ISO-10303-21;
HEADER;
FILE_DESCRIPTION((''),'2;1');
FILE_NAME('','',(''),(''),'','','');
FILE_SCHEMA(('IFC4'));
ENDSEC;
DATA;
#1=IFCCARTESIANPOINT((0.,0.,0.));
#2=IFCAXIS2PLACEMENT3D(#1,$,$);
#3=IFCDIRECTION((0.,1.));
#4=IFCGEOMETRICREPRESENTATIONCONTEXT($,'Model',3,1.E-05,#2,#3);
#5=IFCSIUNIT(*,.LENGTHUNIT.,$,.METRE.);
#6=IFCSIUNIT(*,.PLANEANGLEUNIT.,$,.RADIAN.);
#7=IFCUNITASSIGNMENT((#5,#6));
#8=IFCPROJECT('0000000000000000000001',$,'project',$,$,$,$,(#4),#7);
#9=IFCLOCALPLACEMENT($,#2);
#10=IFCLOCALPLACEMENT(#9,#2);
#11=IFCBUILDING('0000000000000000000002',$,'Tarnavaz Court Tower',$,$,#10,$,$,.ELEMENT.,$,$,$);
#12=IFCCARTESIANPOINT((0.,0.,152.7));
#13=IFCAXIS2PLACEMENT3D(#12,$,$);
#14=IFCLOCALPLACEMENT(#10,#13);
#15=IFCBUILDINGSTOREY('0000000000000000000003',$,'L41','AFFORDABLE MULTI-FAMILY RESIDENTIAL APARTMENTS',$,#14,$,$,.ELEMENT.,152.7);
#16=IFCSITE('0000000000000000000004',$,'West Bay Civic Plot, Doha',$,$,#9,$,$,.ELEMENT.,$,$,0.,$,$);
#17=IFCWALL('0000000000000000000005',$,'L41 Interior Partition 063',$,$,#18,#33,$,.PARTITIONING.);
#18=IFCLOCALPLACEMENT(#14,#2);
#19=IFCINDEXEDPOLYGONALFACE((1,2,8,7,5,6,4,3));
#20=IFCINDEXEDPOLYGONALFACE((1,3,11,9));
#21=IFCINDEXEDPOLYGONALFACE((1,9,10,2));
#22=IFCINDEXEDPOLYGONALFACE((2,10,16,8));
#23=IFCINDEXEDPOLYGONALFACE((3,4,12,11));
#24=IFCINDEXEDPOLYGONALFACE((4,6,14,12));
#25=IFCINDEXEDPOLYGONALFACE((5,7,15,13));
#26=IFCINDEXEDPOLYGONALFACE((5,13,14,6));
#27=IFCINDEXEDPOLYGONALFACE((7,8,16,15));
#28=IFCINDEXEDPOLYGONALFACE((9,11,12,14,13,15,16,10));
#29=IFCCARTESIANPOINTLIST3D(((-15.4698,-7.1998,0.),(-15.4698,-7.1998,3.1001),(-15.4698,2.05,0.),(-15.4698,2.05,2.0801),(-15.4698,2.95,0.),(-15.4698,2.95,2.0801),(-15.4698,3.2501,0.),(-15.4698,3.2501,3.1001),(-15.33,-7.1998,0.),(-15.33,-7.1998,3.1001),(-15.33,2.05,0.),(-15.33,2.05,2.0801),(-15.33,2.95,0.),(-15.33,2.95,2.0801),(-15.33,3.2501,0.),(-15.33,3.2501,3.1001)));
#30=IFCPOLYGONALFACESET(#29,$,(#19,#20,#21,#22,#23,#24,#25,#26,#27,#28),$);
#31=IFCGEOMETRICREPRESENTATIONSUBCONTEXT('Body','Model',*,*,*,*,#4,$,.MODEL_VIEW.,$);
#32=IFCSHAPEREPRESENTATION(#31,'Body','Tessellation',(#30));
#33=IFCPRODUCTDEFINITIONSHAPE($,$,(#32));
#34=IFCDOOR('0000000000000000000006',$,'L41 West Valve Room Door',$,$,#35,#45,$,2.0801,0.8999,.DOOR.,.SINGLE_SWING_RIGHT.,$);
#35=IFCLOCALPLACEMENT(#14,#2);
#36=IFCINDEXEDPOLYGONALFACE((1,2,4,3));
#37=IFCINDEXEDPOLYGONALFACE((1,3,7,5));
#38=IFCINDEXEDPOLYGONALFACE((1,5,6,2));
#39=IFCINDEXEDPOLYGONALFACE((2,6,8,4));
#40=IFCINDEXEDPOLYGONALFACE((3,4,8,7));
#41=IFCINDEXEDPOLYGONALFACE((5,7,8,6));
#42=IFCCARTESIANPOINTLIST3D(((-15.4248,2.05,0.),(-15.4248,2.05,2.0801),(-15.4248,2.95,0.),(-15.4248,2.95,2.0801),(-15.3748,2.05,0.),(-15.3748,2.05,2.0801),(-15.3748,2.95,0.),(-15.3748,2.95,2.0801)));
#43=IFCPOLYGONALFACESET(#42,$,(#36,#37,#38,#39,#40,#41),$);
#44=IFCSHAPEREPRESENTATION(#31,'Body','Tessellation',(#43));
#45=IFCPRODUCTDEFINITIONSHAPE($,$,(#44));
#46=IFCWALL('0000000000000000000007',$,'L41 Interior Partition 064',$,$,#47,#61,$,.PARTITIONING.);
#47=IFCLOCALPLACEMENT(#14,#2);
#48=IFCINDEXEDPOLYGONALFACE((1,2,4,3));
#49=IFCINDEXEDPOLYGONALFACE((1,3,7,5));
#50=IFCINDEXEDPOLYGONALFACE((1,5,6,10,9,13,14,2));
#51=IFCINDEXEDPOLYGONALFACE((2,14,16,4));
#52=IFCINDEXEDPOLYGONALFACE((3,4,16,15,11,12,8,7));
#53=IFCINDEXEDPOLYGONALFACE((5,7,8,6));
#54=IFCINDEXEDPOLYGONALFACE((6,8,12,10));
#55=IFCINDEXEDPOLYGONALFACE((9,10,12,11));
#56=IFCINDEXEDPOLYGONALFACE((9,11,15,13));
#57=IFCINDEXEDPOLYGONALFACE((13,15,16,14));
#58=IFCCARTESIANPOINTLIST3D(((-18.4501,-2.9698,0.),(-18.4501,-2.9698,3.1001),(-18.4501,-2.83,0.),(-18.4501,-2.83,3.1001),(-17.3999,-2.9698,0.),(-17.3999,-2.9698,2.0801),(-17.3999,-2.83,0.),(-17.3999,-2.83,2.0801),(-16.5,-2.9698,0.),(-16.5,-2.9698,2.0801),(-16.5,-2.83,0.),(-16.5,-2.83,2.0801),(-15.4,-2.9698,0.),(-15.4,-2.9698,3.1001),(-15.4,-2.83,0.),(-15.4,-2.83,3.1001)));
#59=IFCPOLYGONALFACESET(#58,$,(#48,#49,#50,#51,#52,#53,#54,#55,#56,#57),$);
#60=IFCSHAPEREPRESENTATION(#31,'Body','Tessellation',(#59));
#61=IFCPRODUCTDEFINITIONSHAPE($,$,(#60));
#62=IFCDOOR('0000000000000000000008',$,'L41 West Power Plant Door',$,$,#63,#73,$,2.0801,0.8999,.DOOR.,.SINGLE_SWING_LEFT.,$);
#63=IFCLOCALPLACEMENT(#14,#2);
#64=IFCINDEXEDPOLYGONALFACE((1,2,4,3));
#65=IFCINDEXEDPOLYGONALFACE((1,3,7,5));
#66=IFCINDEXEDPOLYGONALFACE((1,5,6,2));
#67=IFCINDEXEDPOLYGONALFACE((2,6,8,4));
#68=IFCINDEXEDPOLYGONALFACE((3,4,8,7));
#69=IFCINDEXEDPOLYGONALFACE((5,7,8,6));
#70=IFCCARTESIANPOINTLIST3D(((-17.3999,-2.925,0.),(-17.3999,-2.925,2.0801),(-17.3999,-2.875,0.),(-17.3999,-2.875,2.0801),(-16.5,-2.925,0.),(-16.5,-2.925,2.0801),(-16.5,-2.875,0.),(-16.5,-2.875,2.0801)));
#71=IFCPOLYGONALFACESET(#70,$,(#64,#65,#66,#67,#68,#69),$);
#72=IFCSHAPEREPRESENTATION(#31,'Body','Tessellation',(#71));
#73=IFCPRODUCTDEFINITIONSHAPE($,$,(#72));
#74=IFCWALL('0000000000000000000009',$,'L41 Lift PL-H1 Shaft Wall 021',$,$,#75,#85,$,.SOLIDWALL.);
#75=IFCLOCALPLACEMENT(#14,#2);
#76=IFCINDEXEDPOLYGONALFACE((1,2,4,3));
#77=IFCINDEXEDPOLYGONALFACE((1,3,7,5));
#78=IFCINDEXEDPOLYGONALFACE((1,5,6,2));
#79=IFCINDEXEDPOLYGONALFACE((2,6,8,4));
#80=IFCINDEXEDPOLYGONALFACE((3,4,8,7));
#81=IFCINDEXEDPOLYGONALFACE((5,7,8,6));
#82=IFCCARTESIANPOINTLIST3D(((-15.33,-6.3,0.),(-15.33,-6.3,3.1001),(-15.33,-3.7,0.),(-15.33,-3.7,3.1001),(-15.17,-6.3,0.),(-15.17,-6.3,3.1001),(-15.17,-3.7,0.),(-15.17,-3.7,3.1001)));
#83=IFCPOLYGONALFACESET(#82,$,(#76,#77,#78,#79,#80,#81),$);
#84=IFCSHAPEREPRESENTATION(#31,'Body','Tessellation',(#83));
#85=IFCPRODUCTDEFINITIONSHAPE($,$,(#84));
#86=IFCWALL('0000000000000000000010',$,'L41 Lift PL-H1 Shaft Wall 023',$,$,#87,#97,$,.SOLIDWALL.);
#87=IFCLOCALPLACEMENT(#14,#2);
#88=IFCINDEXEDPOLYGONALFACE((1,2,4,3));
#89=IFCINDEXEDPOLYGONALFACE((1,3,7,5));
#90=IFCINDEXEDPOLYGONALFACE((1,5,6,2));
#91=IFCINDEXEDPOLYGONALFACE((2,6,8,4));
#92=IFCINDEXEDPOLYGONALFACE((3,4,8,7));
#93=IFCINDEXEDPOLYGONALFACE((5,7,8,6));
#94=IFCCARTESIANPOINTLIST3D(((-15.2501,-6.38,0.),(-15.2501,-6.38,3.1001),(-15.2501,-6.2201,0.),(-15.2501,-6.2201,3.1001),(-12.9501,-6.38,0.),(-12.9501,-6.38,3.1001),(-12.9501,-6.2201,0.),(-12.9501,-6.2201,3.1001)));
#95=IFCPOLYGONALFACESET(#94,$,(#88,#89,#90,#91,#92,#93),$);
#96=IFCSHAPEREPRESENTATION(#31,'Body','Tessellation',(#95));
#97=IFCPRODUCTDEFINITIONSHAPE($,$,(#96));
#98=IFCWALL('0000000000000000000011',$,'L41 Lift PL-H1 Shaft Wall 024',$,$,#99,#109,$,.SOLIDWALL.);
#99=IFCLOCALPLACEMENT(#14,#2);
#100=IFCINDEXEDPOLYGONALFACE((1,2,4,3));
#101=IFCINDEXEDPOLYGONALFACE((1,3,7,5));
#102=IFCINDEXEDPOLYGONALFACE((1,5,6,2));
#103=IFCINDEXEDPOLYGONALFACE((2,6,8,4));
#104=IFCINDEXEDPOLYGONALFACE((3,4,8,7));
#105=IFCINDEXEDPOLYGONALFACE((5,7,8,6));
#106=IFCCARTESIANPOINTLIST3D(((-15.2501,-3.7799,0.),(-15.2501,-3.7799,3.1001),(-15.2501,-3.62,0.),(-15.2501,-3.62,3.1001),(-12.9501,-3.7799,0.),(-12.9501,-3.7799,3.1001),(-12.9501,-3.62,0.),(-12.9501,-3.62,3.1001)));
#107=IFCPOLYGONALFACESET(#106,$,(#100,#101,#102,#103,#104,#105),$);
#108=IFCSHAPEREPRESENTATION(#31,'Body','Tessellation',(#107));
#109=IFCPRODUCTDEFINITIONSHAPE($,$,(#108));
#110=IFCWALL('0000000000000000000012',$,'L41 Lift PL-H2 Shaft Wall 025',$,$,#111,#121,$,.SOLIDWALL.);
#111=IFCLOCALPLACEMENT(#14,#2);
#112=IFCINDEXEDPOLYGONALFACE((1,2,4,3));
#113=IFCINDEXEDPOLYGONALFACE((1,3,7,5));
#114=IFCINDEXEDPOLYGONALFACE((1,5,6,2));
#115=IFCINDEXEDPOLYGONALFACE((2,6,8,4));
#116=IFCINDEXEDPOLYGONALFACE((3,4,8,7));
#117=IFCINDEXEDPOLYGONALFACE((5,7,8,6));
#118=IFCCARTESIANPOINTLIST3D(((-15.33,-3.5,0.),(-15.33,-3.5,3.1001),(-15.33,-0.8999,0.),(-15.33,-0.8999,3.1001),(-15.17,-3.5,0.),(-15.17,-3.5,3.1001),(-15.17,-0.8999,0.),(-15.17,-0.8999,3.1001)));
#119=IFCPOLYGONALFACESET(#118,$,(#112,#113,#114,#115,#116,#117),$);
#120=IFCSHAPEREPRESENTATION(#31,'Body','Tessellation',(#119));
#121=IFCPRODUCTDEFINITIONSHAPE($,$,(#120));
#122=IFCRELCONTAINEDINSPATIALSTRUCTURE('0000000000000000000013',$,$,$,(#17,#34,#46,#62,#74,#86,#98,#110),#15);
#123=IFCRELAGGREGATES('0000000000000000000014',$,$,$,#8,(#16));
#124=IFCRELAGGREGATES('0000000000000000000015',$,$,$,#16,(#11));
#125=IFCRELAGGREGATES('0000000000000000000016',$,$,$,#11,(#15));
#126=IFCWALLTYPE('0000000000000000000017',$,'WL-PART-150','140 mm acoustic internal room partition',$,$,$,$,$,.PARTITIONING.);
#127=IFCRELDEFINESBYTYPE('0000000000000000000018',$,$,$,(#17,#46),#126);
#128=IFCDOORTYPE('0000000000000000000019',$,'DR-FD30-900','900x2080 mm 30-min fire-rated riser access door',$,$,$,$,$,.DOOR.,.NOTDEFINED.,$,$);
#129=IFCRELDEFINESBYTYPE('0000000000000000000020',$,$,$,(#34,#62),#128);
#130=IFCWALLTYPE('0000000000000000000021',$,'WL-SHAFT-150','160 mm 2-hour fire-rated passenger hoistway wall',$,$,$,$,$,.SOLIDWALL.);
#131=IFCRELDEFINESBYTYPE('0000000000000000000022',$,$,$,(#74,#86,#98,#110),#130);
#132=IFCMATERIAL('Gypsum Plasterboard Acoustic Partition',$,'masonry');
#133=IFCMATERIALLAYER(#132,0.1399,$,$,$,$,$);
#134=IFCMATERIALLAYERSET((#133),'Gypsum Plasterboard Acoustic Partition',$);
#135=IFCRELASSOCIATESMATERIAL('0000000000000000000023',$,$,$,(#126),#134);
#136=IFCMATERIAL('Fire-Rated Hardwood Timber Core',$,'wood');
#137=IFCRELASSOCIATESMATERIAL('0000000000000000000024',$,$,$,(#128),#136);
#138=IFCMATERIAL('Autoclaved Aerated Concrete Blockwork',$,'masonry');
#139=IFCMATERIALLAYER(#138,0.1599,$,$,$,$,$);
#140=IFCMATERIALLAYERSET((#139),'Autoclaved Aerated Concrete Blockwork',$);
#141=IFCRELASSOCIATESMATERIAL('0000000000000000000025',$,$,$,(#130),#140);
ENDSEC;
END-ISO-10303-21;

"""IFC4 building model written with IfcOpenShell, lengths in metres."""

from ifc_helpers import new_model, si_unit, direction, frame, frame_2d, origin, place, context, subcontext, project, spatial, rectangle, extrude, material, layer, layer_set, type_object, element, fill, save


model = new_model("IFC4")

# Units and contexts
model_context = context("Model", 3, precision=1e-05, world=origin(), true_north=direction((0.0, 1.0)))
body_context = subcontext(model_context, "Body", "Model", "MODEL_VIEW")
ifc_project = project(units=[si_unit("LENGTHUNIT", "METRE"), si_unit("PLANEANGLEUNIT", "RADIAN")], contexts=[model_context])

# Site, building, storey
site_placement = place(None, origin())
site = spatial("IfcSite", under=ifc_project, at=site_placement, Name="West Bay Civic Plot, Doha", CompositionType="ELEMENT", RefElevation=0.0)
building_placement = place(site_placement, origin())
building = spatial("IfcBuilding", under=site, at=building_placement, Name="Tarnavaz Court Tower", CompositionType="ELEMENT")
storey_placement = place(building_placement, frame((0.0, 0.0, 152.7)))
storey = spatial("IfcBuildingStorey", under=building, at=storey_placement, Name="L41", Description="AFFORDABLE MULTI-FAMILY RESIDENTIAL APARTMENTS", CompositionType="ELEMENT", Elevation=152.7)

# Shared definitions
ifc_material_1 = material(Name="Fire-Rated Hardwood Timber Core", Category="wood")

# Walls, openings, doors
ifc_material_2 = material(Name="Gypsum Plasterboard Acoustic Partition", Category="masonry")
ifc_layer_1 = layer(ifc_material_2, 0.1399)
ifc_layer_set_1 = layer_set([ifc_layer_1], Name="Gypsum Plasterboard Acoustic Partition")
wall_type_1 = type_object("IfcWallType", Name="WL-PART-150", Description="140 mm acoustic internal room partition", PredefinedType="PARTITIONING", material=ifc_layer_set_1)
wall_1_placement = place(storey_placement, frame((-15.3999, -7.2, 0.0), z_axis=(0.0, 0.0, 1.0), x_axis=(0.0, 1.0, 0.0)))
wall_1 = element("IfcWall", 1, at=wall_1_placement, inside=storey, type_object=wall_type_1, Name="L41 Interior Partition 063", PredefinedType="PARTITIONING", context=body_context, shape_type="SweptSolid", body=[
    extrude(rectangle(XDim=10.45, YDim=0.1399, at=frame_2d((5.2251, 0.0))), origin(), (0.0, 0.0, 1.0), 3.1001),
])
opening_1_placement = place(wall_1_placement, frame((9.25, 0.0, 0.0)))
opening_1 = element("IfcOpeningElement", 2, at=opening_1_placement, cuts=wall_1, PredefinedType="OPENING", context=body_context, shape_type="SweptSolid", body=[
    extrude(rectangle(XDim=0.8999, YDim=2.0801, at=frame_2d((0.45, 1.04))), frame((0.0, 0.0798, 0.0), z_axis=(0.0, -1.0, 0.0), x_axis=(1.0, 0.0, 0.0)), (0.0, 0.0, 1.0), 0.1599),
])
door_type_1 = type_object("IfcDoorType", Name="DR-FD30-900", Description="900x2080 mm 30-min fire-rated riser access door", OperationType="NOTDEFINED", PredefinedType="DOOR", material=ifc_material_1)
door_1_placement = place(opening_1_placement, origin())
door_1 = element("IfcDoor", 3, at=door_1_placement, inside=storey, type_object=door_type_1, Name="L41 West Valve Room Door", OperationType="SINGLE_SWING_RIGHT", OverallHeight=2.0801, OverallWidth=0.8999, PredefinedType="DOOR", context=body_context, shape_type="SweptSolid", body=[
    extrude(rectangle(XDim=0.8999, YDim=2.0801, at=frame_2d((0.45, 1.04))), frame((0.0, 0.0249, 0.0), z_axis=(0.0, -1.0, 0.0), x_axis=(1.0, 0.0, 0.0)), (0.0, 0.0, 1.0), 0.05),
])
fill(opening_1, door_1)
wall_2_placement = place(storey_placement, frame((-18.45, -2.8999, 0.0), z_axis=(0.0, 0.0, 1.0), x_axis=(1.0, 0.0, 0.0)))
wall_2 = element("IfcWall", 4, at=wall_2_placement, inside=storey, type_object=wall_type_1, Name="L41 Interior Partition 064", PredefinedType="PARTITIONING", context=body_context, shape_type="SweptSolid", body=[
    extrude(rectangle(XDim=3.05, YDim=0.1399, at=frame_2d((1.5249, 0.0))), origin(), (0.0, 0.0, 1.0), 3.1001),
])
opening_2_placement = place(wall_2_placement, frame((1.05, 0.0, 0.0)))
opening_2 = element("IfcOpeningElement", 5, at=opening_2_placement, cuts=wall_2, PredefinedType="OPENING", context=body_context, shape_type="SweptSolid", body=[
    extrude(rectangle(XDim=0.8999, YDim=2.0801, at=frame_2d((0.45, 1.04))), frame((0.0, 0.0798, 0.0), z_axis=(0.0, -1.0, 0.0), x_axis=(1.0, 0.0, 0.0)), (0.0, 0.0, 1.0), 0.1599),
])
door_2_placement = place(opening_2_placement, origin())
door_2 = element("IfcDoor", 6, at=door_2_placement, inside=storey, type_object=door_type_1, Name="L41 West Power Plant Door", OperationType="SINGLE_SWING_LEFT", OverallHeight=2.0801, OverallWidth=0.8999, PredefinedType="DOOR", context=body_context, shape_type="SweptSolid", body=[
    extrude(rectangle(XDim=0.8999, YDim=2.0801, at=frame_2d((0.45, 1.04))), frame((0.0, 0.0249, 0.0), z_axis=(0.0, -1.0, 0.0), x_axis=(1.0, 0.0, 0.0)), (0.0, 0.0, 1.0), 0.05),
])
fill(opening_2, door_2)

# Walls
ifc_material_3 = material(Name="Autoclaved Aerated Concrete Blockwork", Category="masonry")
ifc_layer_2 = layer(ifc_material_3, 0.1599)
ifc_layer_set_2 = layer_set([ifc_layer_2], Name="Autoclaved Aerated Concrete Blockwork")
wall_type_2 = type_object("IfcWallType", Name="WL-SHAFT-150", Description="160 mm 2-hour fire-rated passenger hoistway wall", PredefinedType="SOLIDWALL", material=ifc_layer_set_2)
wall_3_placement = place(storey_placement, frame((-15.25, -6.3, 0.0), z_axis=(0.0, 0.0, 1.0), x_axis=(0.0, 1.0, 0.0)))
element("IfcWall", 7, at=wall_3_placement, inside=storey, type_object=wall_type_2, Name="L41 Lift PL-H1 Shaft Wall 021", PredefinedType="SOLIDWALL", context=body_context, shape_type="SweptSolid", body=[
    extrude(rectangle(XDim=2.6001, YDim=0.1599, at=frame_2d((1.3, 0.0))), origin(), (0.0, 0.0, 1.0), 3.1001),
])
for number, where, z_axis, x_axis, name in (
    (8, (-15.25, -6.3, 0.0), (0.0, 0.0, 1.0), (1.0, 0.0, 0.0), "L41 Lift PL-H1 Shaft Wall 023"),
    (9, (-15.25, -3.7, 0.0), (0.0, 0.0, 1.0), (1.0, 0.0, 0.0), "L41 Lift PL-H1 Shaft Wall 024"),
):
    element("IfcWall", number, at=place(storey_placement, frame(where, z_axis=z_axis, x_axis=x_axis)), inside=storey, type_object=wall_type_2, Name=name, PredefinedType="SOLIDWALL", context=body_context, shape_type="SweptSolid", body=[
        extrude(rectangle(XDim=2.3, YDim=0.1599, at=frame_2d((1.1499, 0.0))), origin(), (0.0, 0.0, 1.0), 3.1001),
    ])
wall_4_placement = place(storey_placement, frame((-15.25, -3.5, 0.0), z_axis=(0.0, 0.0, 1.0), x_axis=(0.0, 1.0, 0.0)))
element("IfcWall", 10, at=wall_4_placement, inside=storey, type_object=wall_type_2, Name="L41 Lift PL-H2 Shaft Wall 025", PredefinedType="SOLIDWALL", context=body_context, shape_type="SweptSolid", body=[
    extrude(rectangle(XDim=2.6001, YDim=0.1599, at=frame_2d((1.3, 0.0))), origin(), (0.0, 0.0, 1.0), 3.1001),
])

save(model, "model.ifc")
